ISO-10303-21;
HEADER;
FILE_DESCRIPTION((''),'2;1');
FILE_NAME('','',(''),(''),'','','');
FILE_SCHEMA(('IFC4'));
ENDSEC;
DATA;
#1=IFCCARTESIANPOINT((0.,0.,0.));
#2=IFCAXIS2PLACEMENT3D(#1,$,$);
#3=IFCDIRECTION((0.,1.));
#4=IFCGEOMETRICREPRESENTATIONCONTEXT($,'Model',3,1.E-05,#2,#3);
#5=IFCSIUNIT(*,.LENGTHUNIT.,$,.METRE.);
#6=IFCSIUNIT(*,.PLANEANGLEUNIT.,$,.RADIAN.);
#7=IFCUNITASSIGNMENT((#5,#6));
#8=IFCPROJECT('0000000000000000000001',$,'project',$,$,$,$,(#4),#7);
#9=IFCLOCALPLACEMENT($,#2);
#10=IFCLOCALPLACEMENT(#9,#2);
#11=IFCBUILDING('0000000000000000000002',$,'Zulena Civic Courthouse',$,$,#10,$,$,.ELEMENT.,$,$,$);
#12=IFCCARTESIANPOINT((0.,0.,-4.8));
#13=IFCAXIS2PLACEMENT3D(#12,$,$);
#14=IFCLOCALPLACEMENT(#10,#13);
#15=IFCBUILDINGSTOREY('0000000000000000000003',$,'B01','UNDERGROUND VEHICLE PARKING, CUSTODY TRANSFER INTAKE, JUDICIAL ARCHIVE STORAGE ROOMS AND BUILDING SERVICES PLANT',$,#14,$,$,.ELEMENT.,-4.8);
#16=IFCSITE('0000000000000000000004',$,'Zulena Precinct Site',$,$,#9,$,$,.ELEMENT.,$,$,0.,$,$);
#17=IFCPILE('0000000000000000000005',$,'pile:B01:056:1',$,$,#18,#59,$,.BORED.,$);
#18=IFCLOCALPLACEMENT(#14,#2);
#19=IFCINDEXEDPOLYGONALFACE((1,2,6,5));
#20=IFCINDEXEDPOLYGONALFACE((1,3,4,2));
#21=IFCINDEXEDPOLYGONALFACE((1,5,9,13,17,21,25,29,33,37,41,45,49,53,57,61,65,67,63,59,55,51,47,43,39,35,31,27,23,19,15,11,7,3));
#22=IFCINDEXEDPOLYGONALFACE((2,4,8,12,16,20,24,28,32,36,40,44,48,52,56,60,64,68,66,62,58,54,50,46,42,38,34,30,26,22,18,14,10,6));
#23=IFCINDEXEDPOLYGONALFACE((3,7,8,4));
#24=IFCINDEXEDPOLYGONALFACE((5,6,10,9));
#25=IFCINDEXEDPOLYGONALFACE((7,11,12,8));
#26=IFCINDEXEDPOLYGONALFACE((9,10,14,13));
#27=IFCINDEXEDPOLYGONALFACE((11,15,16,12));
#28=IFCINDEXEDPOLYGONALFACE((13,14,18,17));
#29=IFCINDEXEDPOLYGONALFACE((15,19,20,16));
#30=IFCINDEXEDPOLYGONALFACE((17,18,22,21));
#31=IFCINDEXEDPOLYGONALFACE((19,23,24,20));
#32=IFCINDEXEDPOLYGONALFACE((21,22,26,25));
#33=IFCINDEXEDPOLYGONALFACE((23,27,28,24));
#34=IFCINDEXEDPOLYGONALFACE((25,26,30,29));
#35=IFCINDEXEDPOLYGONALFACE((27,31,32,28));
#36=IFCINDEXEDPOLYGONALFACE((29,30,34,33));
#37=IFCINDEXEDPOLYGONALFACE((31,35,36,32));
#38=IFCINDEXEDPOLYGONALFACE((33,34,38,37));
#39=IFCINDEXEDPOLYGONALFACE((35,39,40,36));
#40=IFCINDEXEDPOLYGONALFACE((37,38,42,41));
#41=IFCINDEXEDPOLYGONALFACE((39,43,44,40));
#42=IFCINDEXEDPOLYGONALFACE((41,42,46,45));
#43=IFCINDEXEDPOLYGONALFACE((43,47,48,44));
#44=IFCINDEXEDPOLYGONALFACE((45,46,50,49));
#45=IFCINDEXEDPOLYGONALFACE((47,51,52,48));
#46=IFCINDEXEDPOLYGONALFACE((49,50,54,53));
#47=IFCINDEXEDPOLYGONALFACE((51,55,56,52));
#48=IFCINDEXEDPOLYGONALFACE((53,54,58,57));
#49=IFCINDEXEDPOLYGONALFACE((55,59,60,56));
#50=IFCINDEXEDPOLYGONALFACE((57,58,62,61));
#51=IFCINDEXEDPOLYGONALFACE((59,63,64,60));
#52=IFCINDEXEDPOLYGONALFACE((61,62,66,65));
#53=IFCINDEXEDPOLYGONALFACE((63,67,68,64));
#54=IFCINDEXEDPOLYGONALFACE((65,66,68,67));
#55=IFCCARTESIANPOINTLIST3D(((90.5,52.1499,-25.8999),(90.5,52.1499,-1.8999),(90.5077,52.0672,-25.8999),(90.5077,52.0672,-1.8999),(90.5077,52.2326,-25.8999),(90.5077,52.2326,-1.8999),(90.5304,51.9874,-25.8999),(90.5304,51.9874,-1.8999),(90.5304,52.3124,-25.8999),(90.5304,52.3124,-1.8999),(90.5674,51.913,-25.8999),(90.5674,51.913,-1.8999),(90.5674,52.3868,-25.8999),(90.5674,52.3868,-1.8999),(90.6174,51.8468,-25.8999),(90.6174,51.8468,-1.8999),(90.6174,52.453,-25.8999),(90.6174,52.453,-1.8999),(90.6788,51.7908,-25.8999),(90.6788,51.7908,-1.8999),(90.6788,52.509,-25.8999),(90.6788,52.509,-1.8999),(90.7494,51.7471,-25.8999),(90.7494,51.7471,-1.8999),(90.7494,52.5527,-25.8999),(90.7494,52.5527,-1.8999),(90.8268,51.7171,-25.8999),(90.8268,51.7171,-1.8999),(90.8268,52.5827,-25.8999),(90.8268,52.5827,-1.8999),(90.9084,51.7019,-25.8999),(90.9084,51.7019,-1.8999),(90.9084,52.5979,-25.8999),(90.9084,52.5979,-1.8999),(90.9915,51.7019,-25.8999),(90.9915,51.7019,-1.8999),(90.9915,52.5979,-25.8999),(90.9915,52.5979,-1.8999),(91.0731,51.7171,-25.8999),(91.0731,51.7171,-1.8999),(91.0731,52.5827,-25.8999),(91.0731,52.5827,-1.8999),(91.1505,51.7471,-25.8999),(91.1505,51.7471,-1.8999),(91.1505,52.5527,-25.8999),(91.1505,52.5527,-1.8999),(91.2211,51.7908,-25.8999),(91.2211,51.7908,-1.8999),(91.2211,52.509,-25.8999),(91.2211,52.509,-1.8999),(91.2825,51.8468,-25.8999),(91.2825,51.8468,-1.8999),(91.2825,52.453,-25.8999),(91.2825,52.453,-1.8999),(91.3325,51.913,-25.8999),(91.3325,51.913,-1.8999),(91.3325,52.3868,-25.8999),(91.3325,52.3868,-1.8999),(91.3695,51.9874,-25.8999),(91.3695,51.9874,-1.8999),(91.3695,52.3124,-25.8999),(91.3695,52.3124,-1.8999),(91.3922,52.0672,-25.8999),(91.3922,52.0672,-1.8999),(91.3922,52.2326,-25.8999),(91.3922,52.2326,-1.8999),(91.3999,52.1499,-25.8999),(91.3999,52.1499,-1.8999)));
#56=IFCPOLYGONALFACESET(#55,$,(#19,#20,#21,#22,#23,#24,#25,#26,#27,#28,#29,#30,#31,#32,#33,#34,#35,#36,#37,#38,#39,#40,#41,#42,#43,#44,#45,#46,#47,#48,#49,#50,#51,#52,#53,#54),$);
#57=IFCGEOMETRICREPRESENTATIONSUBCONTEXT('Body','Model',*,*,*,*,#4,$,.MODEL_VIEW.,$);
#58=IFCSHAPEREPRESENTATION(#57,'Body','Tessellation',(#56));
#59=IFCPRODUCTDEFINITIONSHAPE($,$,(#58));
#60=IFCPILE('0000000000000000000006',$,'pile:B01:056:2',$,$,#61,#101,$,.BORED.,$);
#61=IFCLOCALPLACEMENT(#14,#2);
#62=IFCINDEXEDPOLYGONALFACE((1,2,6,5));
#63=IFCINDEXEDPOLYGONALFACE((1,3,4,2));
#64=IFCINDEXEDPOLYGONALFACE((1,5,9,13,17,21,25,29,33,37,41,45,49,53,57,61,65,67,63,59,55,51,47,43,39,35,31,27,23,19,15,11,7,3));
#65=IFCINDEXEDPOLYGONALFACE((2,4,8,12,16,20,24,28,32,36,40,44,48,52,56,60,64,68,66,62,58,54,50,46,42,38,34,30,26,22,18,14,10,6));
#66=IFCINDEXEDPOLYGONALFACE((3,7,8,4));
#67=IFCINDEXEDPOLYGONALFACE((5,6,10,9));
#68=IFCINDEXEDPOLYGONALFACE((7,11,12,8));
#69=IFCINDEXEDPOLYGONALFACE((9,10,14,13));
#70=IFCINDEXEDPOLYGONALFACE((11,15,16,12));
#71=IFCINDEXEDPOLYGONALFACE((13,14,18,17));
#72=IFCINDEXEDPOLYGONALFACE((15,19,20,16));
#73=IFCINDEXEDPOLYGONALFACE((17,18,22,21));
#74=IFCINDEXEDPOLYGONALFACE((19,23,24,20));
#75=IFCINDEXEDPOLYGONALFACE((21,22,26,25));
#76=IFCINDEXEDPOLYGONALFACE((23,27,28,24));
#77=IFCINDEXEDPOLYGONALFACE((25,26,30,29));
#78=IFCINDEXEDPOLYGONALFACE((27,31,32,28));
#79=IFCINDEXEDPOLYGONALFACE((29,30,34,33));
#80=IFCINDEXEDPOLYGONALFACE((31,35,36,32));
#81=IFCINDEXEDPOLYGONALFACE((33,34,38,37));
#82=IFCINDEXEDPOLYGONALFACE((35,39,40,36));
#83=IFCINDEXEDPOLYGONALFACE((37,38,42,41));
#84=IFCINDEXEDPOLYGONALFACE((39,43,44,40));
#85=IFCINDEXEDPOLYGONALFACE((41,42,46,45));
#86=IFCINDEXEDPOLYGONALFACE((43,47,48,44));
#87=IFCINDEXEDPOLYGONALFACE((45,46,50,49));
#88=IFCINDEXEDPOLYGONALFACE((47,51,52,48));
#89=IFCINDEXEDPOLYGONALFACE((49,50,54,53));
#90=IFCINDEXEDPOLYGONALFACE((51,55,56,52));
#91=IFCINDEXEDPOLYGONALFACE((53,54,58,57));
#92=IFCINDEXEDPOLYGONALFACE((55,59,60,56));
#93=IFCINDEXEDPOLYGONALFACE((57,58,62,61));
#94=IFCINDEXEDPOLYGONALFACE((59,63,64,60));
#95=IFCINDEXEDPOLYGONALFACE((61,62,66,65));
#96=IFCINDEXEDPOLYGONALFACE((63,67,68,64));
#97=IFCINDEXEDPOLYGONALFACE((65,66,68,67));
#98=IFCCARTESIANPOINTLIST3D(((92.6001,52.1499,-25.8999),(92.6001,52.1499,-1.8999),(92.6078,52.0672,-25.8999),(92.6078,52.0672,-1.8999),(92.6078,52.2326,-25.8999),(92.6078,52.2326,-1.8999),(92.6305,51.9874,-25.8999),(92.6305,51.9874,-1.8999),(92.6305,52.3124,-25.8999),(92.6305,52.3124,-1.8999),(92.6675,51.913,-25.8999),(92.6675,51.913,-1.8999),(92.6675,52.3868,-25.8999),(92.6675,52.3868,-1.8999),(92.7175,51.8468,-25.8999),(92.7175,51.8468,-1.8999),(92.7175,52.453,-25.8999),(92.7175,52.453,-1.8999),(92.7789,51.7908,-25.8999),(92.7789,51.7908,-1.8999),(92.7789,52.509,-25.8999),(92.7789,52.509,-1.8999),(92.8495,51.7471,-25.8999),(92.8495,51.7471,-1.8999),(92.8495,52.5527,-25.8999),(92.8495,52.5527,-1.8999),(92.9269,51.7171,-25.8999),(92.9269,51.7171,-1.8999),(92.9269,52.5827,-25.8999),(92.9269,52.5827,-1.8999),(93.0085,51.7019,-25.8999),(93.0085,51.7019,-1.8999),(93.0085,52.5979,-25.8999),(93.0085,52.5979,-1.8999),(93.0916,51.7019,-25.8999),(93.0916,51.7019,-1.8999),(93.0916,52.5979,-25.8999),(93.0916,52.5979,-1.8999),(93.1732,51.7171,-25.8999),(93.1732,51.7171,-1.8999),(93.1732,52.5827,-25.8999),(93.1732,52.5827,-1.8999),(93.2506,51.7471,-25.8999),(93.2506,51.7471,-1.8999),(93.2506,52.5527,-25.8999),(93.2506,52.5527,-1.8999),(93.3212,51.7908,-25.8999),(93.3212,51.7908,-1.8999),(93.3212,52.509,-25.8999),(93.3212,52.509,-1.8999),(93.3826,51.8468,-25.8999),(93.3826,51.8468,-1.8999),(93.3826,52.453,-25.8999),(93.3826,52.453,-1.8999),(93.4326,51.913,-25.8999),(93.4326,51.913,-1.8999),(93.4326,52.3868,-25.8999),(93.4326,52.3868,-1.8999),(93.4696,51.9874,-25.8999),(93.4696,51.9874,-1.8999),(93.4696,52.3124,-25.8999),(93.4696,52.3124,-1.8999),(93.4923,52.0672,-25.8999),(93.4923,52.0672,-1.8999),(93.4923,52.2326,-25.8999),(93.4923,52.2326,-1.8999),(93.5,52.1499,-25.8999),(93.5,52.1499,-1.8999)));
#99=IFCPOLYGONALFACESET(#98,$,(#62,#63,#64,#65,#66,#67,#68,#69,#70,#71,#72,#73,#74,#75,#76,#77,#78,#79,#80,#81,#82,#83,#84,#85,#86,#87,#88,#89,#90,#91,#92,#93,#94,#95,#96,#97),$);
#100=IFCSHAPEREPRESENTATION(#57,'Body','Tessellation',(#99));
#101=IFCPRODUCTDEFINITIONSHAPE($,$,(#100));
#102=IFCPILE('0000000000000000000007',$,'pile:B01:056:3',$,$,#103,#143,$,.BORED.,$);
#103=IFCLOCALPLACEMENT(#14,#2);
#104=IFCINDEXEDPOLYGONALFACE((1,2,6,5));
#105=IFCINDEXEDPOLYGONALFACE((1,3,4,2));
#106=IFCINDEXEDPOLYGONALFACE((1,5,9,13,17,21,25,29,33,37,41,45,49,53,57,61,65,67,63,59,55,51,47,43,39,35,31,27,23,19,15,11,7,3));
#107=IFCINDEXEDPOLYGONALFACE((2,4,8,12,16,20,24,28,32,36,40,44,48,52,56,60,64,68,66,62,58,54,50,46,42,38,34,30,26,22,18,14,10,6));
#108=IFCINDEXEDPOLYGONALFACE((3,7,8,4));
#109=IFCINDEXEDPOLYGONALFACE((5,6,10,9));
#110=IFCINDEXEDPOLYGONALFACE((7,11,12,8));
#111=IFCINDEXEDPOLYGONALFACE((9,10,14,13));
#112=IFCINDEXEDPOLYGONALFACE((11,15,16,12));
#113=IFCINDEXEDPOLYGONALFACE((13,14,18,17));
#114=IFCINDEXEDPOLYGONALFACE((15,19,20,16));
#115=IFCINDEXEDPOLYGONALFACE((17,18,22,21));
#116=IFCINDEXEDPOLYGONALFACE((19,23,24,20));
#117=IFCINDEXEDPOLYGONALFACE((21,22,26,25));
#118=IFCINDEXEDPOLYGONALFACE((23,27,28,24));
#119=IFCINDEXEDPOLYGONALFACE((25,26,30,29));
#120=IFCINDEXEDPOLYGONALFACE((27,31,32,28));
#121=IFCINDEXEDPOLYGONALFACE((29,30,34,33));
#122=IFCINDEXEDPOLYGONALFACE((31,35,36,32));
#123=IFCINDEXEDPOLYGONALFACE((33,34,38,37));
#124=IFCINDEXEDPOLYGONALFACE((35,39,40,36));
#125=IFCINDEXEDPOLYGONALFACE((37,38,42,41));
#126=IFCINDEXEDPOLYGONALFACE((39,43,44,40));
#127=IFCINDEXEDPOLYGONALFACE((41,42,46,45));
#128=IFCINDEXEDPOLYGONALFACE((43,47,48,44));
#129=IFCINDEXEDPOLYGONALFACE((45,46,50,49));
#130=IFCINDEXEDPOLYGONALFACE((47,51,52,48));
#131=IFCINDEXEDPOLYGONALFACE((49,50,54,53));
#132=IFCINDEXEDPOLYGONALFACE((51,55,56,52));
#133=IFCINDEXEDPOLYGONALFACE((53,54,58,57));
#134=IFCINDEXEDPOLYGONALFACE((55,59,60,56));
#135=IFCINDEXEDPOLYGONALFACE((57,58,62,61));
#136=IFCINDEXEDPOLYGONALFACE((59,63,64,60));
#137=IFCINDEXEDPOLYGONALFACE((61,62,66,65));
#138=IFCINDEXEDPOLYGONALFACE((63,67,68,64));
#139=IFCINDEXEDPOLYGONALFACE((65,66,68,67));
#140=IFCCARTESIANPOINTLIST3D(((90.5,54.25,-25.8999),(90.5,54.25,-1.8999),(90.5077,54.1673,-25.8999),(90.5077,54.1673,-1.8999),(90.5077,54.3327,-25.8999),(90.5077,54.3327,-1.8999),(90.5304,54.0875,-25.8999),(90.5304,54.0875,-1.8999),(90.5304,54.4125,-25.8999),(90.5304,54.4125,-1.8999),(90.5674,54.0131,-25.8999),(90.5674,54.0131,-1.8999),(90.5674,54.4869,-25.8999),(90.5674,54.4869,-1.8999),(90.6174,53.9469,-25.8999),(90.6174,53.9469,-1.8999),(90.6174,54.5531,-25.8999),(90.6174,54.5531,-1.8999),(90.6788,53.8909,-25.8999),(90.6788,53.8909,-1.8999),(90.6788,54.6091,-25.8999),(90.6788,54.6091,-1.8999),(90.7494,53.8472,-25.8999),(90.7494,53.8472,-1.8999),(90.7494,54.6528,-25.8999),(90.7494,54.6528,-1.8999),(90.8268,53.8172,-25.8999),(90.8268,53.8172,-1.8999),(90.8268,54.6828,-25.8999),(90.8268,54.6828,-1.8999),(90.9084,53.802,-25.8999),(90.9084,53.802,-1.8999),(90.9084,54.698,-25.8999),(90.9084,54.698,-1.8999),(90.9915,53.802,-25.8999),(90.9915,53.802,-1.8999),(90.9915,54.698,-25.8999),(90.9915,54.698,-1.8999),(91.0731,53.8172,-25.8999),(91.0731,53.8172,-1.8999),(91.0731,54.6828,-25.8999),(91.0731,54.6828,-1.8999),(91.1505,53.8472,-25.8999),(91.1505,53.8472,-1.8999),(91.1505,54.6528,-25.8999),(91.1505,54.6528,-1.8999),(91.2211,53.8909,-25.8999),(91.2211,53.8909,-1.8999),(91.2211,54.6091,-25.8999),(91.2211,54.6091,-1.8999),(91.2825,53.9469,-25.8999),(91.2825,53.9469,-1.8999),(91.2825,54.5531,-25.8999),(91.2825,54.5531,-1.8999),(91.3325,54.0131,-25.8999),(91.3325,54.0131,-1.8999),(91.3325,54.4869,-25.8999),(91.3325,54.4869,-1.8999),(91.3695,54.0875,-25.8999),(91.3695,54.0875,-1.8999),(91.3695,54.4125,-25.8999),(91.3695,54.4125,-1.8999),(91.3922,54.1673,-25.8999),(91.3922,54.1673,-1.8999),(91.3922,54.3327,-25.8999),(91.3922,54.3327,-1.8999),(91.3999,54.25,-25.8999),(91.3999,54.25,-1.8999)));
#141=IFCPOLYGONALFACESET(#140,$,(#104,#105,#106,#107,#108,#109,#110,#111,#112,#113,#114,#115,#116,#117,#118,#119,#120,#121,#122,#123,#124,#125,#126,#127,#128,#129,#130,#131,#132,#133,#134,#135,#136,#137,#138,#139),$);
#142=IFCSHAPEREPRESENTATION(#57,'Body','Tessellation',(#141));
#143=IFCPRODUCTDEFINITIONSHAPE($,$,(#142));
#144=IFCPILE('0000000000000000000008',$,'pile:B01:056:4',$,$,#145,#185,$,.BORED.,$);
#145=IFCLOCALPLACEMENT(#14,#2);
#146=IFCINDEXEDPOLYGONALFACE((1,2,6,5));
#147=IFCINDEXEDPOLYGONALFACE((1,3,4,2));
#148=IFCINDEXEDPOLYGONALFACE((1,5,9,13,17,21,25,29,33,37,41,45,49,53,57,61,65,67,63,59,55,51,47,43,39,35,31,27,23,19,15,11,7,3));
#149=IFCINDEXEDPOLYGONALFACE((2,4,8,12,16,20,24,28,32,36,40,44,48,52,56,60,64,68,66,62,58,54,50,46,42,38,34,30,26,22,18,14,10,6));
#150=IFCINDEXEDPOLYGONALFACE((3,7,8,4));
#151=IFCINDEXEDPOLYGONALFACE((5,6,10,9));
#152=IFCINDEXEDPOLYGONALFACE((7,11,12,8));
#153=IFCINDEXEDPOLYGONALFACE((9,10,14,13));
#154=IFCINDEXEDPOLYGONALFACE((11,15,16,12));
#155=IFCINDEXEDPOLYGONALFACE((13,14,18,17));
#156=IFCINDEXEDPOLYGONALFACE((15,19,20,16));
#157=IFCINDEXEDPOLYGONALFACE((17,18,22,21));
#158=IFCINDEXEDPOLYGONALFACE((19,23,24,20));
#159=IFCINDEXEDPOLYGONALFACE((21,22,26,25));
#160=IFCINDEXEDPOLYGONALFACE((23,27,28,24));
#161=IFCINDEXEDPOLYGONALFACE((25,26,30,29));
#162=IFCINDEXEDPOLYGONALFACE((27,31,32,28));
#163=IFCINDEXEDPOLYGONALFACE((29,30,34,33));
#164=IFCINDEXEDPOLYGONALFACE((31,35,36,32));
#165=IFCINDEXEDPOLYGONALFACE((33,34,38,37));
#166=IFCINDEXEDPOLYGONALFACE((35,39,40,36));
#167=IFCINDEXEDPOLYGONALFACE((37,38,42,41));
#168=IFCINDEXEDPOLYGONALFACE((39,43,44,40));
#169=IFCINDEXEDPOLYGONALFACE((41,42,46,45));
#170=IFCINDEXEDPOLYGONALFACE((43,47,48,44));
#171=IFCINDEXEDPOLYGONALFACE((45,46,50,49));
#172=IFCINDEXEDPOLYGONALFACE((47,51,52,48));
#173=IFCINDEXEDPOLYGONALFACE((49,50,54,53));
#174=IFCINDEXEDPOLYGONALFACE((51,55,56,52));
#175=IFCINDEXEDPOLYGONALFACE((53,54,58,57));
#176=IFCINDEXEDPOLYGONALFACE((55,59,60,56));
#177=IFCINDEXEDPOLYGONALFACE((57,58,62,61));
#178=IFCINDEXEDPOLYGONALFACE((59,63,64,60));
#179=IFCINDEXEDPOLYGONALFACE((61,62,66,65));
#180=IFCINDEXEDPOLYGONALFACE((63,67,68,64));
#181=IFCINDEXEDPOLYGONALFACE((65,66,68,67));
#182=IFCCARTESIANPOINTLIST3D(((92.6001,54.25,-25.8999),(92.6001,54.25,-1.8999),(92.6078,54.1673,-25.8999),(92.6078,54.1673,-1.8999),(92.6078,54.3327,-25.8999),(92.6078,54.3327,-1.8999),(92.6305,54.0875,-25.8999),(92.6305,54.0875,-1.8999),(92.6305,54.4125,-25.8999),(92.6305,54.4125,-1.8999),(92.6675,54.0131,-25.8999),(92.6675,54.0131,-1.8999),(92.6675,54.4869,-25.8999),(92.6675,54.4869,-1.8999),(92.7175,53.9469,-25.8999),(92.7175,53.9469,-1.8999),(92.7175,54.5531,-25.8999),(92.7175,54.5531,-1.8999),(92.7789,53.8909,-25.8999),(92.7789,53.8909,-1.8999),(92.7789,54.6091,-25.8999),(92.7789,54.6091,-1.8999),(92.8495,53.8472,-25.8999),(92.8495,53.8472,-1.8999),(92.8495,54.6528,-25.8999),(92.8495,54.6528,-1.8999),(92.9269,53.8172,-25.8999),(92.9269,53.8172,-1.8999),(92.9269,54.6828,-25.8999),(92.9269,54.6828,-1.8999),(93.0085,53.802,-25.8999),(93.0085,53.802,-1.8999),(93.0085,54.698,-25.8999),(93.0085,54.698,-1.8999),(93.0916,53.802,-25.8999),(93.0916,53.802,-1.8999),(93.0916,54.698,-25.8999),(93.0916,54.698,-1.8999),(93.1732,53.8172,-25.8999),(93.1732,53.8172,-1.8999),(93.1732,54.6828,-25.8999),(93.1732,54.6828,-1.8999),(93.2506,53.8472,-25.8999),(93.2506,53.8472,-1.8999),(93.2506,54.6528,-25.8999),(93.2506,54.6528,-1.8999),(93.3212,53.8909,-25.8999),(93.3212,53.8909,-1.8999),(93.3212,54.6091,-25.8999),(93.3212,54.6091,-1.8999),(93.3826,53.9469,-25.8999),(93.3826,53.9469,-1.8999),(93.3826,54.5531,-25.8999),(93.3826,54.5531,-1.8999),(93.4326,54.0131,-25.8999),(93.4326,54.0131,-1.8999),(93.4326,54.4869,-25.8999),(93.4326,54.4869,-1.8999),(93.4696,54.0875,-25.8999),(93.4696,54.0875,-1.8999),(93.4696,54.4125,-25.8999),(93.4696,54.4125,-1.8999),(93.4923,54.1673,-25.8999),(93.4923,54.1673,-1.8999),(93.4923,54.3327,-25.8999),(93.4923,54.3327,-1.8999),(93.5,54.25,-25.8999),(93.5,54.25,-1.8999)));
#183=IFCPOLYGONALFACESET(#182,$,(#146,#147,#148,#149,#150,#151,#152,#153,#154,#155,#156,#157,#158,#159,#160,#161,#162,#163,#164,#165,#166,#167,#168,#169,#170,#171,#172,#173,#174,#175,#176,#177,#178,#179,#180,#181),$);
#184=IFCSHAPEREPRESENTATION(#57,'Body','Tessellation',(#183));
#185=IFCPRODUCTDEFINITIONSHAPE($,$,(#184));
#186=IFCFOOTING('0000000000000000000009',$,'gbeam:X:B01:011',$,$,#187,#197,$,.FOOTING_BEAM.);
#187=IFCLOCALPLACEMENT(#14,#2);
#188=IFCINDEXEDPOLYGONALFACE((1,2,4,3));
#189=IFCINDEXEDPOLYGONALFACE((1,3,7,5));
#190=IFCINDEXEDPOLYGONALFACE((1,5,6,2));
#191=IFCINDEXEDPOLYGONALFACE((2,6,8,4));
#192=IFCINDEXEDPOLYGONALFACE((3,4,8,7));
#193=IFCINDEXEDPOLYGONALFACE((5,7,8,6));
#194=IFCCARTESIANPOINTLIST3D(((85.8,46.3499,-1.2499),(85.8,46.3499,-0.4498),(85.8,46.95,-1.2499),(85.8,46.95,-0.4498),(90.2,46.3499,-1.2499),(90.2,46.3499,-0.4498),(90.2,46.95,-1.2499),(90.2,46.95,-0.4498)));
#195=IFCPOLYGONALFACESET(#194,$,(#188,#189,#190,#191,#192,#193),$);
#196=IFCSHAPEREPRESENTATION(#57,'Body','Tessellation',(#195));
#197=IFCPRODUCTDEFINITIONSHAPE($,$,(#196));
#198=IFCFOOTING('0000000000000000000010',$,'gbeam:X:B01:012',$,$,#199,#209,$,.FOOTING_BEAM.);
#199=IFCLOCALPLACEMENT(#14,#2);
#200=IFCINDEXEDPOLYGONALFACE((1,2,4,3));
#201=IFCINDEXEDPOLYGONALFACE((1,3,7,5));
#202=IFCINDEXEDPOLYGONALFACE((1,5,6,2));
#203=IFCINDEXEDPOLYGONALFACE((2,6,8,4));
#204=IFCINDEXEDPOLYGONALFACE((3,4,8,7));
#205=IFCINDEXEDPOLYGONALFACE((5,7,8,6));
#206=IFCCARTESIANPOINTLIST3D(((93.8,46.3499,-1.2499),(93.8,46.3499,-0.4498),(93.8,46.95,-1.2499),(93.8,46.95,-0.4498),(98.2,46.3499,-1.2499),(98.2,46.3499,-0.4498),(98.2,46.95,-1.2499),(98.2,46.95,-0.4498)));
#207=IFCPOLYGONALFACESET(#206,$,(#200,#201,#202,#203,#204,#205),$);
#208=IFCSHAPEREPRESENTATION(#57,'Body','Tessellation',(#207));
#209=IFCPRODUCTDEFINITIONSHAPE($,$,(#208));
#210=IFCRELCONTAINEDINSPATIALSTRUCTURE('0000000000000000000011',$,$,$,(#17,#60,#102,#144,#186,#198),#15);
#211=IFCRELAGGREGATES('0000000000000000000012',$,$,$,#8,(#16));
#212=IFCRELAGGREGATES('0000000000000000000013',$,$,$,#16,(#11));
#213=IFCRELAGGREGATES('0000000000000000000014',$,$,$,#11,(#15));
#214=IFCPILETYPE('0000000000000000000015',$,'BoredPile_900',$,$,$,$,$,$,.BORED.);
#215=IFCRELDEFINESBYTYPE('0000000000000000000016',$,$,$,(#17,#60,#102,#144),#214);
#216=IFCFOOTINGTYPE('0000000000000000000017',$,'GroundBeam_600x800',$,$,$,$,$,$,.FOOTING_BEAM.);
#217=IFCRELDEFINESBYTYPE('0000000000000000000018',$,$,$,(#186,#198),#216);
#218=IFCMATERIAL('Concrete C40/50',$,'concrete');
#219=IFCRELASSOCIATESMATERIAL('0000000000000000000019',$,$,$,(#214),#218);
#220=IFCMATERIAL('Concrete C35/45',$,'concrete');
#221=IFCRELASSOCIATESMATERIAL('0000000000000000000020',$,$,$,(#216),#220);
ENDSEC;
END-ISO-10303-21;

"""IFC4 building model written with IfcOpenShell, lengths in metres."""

from ifc_helpers import new_model, si_unit, direction, frame, origin, origin_2d, place, context, subcontext, project, spatial, rectangle, circle, extrude, material, material_profile, profile_set, type_object, element, save


model = new_model("IFC4")

# Units and contexts
model_context = context("Model", 3, precision=1e-05, world=origin(), true_north=direction((0.0, 1.0)))
body_context = subcontext(model_context, "Body", "Model", "MODEL_VIEW")
ifc_project = project(units=[si_unit("LENGTHUNIT", "METRE"), si_unit("PLANEANGLEUNIT", "RADIAN")], contexts=[model_context])

# Site, building, storey
site_placement = place(None, origin())
site = spatial("IfcSite", under=ifc_project, at=site_placement, Name="Zulena Precinct Site", CompositionType="ELEMENT", RefElevation=0.0)
building_placement = place(site_placement, origin())
building = spatial("IfcBuilding", under=site, at=building_placement, Name="Zulena Civic Courthouse", CompositionType="ELEMENT")
storey_placement = place(building_placement, frame((0.0, 0.0, -4.8)))
storey = spatial("IfcBuildingStorey", under=building, at=storey_placement, Name="B01", Description="UNDERGROUND VEHICLE PARKING, CUSTODY TRANSFER INTAKE, JUDICIAL ARCHIVE STORAGE ROOMS AND BUILDING SERVICES PLANT", CompositionType="ELEMENT", Elevation=-4.8)

# Piles
ifc_material_1 = material(Name="Concrete C40/50", Category="concrete")
ifc_material_profile_1 = material_profile(ifc_material_1, circle(Radius=0.45, at=origin_2d()), Name="PILE900")
ifc_profile_set_1 = profile_set([ifc_material_profile_1], Name="Concrete C40/50")
pile_type_1 = type_object("IfcPileType", Name="BoredPile_900", PredefinedType="BORED", material=ifc_profile_set_1)
for number, where, z_axis, x_axis, name in (
    (1, (90.95, 52.1499, -1.8999), (0.0, 0.0, -1.0), (1.0, 0.0, 0.0), "pile:B01:056:1"),
    (2, (93.05, 52.1499, -1.8999), (0.0, 0.0, -1.0), (1.0, 0.0, 0.0), "pile:B01:056:2"),
    (3, (90.95, 54.25, -1.8999), (0.0, 0.0, -1.0), (1.0, 0.0, 0.0), "pile:B01:056:3"),
    (4, (93.05, 54.25, -1.8999), (0.0, 0.0, -1.0), (1.0, 0.0, 0.0), "pile:B01:056:4"),
):
    element("IfcPile", number, at=place(storey_placement, frame(where, z_axis=z_axis, x_axis=x_axis)), inside=storey, type_object=pile_type_1, Name=name, PredefinedType="BORED", context=body_context, shape_type="SweptSolid", body=[
        extrude(circle(Radius=0.45, at=origin_2d()), origin(), (0.0, 0.0, 1.0), 24.0),
    ])

# Footings
ifc_material_2 = material(Name="Concrete C35/45", Category="concrete")
ifc_material_profile_2 = material_profile(ifc_material_2, rectangle(XDim=0.6001, YDim=0.8, at=origin_2d()), Name="RC600X800")
ifc_profile_set_2 = profile_set([ifc_material_profile_2], Name="Concrete C35/45")
footing_type_1 = type_object("IfcFootingType", Name="GroundBeam_600x800", PredefinedType="FOOTING_BEAM", material=ifc_profile_set_2)
for number, where, z_axis, x_axis, name in (
    (5, (85.8, 46.6499, -0.8499), (1.0, 0.0, 0.0), (0.0, 1.0, 0.0), "gbeam:X:B01:011"),
    (6, (93.8, 46.6499, -0.8499), (1.0, 0.0, 0.0), (0.0, 1.0, 0.0), "gbeam:X:B01:012"),
):
    element("IfcFooting", number, at=place(storey_placement, frame(where, z_axis=z_axis, x_axis=x_axis)), inside=storey, type_object=footing_type_1, Name=name, PredefinedType="FOOTING_BEAM", context=body_context, shape_type="SweptSolid", body=[
        extrude(rectangle(XDim=0.6001, YDim=0.8, at=origin_2d()), origin(), (0.0, 0.0, 1.0), 4.3999),
    ])

save(model, "model.ifc")
